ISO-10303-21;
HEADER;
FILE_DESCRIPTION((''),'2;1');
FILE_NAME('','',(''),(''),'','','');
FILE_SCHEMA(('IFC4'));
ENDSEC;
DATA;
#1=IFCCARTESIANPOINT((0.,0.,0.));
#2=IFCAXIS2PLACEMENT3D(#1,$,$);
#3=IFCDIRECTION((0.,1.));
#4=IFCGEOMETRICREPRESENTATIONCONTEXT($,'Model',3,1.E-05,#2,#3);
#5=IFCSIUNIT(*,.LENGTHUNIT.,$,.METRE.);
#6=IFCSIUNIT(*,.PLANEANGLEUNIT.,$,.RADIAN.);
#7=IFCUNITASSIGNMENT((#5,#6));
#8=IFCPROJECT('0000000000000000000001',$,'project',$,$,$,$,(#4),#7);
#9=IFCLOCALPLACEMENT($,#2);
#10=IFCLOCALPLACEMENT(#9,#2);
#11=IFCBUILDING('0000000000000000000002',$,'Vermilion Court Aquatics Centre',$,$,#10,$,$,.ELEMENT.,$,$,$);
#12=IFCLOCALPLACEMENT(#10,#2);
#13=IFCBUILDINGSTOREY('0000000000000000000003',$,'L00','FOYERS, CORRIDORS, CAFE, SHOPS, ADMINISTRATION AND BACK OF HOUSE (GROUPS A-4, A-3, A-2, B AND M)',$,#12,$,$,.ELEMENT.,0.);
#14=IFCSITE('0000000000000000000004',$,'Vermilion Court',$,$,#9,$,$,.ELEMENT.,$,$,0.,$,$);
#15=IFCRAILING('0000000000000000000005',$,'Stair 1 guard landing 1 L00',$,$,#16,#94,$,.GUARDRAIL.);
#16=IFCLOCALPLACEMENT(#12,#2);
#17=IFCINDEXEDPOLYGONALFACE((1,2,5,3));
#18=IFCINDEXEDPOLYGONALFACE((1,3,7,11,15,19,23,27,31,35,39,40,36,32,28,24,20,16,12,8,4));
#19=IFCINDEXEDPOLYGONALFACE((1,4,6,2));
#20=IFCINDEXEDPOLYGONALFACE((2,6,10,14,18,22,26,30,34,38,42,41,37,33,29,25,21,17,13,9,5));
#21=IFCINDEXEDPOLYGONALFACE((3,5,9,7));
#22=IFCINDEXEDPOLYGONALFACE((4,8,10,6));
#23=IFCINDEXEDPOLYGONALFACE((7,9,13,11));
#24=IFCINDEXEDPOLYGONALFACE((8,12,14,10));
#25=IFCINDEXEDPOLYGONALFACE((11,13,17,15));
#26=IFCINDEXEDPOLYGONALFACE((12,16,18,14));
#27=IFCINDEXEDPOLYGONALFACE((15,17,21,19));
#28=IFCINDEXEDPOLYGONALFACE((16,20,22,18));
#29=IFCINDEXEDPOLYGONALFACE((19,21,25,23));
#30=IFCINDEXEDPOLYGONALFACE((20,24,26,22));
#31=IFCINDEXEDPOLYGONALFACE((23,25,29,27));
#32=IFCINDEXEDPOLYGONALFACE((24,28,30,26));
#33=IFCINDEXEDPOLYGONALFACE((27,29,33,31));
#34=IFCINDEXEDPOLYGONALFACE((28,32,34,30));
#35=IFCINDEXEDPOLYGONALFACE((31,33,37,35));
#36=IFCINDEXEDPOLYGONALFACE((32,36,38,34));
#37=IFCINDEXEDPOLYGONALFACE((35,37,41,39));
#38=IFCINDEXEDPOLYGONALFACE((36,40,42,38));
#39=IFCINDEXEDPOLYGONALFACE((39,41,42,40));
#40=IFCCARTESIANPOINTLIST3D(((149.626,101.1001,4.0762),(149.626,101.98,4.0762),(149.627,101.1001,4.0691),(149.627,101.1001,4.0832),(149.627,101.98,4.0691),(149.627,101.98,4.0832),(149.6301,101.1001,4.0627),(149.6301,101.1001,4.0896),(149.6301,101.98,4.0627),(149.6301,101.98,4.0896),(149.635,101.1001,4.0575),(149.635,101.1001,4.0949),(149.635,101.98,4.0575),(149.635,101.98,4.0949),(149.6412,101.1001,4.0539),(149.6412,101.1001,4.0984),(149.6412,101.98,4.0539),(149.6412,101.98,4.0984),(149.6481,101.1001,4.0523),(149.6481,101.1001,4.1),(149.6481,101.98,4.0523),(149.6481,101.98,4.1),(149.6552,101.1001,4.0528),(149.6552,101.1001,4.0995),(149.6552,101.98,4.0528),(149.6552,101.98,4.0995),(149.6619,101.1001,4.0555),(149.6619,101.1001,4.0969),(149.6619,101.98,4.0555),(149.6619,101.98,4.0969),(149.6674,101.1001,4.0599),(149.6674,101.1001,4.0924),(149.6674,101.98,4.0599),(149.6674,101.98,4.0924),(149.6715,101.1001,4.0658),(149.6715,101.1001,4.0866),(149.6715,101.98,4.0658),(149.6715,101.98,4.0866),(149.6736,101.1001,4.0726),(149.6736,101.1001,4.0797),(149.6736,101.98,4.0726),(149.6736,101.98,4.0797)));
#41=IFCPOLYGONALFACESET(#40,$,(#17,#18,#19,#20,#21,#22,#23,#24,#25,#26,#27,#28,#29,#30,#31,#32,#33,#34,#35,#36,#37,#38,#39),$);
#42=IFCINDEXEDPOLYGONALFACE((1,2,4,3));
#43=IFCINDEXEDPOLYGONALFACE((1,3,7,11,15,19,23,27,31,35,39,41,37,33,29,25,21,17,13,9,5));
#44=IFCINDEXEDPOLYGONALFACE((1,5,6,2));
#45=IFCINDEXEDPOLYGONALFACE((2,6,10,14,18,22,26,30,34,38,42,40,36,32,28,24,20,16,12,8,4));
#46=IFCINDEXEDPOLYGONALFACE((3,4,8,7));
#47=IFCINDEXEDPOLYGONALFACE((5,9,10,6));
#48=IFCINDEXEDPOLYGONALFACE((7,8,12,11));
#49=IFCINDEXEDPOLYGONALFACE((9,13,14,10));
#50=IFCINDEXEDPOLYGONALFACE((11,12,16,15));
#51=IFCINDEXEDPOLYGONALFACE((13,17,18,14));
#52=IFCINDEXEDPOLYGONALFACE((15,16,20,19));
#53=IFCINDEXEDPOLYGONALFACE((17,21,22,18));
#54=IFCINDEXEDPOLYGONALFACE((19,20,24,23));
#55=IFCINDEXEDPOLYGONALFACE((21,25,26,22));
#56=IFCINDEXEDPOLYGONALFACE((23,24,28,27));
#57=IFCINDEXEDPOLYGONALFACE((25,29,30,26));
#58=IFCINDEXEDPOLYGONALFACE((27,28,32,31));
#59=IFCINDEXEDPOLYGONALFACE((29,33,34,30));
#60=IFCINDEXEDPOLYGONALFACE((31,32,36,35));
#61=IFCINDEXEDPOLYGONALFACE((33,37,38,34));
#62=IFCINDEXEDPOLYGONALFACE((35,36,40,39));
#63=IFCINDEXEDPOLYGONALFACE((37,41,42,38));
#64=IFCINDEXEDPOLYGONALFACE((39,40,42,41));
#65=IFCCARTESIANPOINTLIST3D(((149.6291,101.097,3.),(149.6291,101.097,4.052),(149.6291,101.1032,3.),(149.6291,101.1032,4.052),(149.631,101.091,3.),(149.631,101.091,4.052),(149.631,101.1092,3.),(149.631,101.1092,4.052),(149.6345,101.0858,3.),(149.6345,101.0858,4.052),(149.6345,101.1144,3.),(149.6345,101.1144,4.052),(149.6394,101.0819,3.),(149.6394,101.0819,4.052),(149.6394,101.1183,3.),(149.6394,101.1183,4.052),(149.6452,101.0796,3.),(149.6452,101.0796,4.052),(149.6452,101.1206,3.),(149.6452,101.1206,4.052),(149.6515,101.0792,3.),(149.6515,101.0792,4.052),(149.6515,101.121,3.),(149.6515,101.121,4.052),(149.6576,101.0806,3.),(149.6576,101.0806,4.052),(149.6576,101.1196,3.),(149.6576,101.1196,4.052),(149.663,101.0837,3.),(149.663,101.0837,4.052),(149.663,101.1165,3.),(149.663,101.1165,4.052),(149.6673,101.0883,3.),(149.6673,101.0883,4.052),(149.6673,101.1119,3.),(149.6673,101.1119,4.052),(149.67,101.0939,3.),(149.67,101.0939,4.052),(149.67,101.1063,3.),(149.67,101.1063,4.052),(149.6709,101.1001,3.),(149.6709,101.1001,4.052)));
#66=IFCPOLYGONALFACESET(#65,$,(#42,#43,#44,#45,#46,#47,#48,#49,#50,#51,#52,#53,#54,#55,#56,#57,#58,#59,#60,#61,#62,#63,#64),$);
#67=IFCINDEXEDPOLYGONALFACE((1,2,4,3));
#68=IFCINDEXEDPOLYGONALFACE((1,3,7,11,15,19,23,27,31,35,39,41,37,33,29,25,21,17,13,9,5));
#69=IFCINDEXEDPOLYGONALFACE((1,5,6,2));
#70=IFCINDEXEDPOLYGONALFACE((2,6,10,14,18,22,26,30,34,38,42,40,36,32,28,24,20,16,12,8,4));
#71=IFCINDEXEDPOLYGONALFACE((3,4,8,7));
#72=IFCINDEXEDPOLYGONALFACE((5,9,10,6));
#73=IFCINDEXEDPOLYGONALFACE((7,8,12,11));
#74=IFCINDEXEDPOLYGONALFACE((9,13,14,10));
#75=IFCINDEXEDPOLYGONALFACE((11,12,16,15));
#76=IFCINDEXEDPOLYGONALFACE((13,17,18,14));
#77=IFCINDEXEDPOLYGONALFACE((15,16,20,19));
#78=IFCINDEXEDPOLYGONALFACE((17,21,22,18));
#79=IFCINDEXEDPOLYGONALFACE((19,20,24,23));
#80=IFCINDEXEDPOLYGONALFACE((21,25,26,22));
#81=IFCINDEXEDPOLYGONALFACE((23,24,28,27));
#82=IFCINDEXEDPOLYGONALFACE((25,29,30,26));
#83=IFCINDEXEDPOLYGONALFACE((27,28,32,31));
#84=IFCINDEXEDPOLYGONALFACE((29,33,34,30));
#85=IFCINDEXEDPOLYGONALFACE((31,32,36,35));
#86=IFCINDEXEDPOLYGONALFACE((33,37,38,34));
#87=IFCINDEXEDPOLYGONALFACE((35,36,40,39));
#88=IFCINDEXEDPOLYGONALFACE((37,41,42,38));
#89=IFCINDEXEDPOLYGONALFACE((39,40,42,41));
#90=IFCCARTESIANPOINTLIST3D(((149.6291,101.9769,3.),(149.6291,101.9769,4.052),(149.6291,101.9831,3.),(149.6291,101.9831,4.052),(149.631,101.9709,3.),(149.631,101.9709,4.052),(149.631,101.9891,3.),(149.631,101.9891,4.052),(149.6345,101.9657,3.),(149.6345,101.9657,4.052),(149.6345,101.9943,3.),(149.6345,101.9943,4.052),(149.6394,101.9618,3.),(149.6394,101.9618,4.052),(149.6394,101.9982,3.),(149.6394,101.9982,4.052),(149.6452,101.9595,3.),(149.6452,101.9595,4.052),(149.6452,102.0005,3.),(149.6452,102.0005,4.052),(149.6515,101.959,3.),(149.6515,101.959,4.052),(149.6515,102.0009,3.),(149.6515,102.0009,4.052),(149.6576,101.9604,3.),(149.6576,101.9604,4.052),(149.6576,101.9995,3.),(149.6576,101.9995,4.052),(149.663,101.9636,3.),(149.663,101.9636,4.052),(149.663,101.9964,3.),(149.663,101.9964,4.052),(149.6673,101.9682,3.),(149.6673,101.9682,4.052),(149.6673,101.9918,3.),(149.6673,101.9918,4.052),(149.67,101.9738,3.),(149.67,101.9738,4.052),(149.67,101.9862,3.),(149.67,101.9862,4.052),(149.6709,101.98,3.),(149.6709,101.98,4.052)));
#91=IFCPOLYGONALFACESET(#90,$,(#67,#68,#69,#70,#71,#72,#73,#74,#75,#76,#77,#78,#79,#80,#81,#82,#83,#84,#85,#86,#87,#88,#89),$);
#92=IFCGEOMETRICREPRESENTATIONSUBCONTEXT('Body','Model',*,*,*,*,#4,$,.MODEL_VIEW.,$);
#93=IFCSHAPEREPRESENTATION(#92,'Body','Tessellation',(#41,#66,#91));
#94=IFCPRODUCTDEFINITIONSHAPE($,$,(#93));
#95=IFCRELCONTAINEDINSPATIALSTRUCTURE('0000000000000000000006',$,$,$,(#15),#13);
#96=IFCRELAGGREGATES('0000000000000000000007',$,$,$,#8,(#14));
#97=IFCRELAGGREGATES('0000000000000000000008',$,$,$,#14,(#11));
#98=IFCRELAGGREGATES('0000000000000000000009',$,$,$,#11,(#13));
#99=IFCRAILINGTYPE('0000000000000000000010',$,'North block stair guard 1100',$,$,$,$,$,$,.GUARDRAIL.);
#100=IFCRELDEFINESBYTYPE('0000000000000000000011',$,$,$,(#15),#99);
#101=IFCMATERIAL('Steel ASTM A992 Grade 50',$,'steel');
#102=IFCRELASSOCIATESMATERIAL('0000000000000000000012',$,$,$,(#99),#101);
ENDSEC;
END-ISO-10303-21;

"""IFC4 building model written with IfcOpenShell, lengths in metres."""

from ifc_helpers import new_model, si_unit, direction, frame, origin, origin_2d, place, context, subcontext, project, spatial, circle, extrude, material, type_object, element, save


model = new_model("IFC4")

# Units and contexts
model_context = context("Model", 3, precision=1e-05, world=origin(), true_north=direction((0.0, 1.0)))
body_context = subcontext(model_context, "Body", "Model", "MODEL_VIEW")
ifc_project = project(units=[si_unit("LENGTHUNIT", "METRE"), si_unit("PLANEANGLEUNIT", "RADIAN")], contexts=[model_context])

# Site, building, storey
site_placement = place(None, origin())
site = spatial("IfcSite", under=ifc_project, at=site_placement, Name="Vermilion Court", CompositionType="ELEMENT", RefElevation=0.0)
building_placement = place(site_placement, origin())
building = spatial("IfcBuilding", under=site, at=building_placement, Name="Vermilion Court Aquatics Centre", CompositionType="ELEMENT")
storey_placement = place(building_placement, origin())
storey = spatial("IfcBuildingStorey", under=building, at=storey_placement, Name="L00", Description="FOYERS, CORRIDORS, CAFE, SHOPS, ADMINISTRATION AND BACK OF HOUSE (GROUPS A-4, A-3, A-2, B AND M)", CompositionType="ELEMENT", Elevation=0.0)

# Railing
ifc_material_1 = material(Name="Steel ASTM A992 Grade 50", Category="steel")
railing_type_1 = type_object("IfcRailingType", Name="North block stair guard 1100", PredefinedType="GUARDRAIL", material=ifc_material_1)
railing_placement = place(storey_placement, frame((149.6499, 101.1001, 3.0)))
element("IfcRailing", 1, at=railing_placement, inside=storey, type_object=railing_type_1, Name="Stair 1 guard landing 1 L00", PredefinedType="GUARDRAIL", context=body_context, shape_type="SweptSolid", body=[
    extrude(circle(Radius=0.0239, at=origin_2d()), frame((0.0, 0.0, 1.0762), z_axis=(0.0, 1.0, 0.0), x_axis=(-1.0, 0.0, 0.0)), (0.0, 0.0, 1.0), 0.8799),
    extrude(circle(Radius=0.021, at=origin_2d()), origin(), (0.0, 0.0, 1.0), 1.052),
    extrude(circle(Radius=0.021, at=origin_2d()), frame((0.0, 0.8799, 0.0)), (0.0, 0.0, 1.0), 1.052),
])

save(model, "model.ifc")
